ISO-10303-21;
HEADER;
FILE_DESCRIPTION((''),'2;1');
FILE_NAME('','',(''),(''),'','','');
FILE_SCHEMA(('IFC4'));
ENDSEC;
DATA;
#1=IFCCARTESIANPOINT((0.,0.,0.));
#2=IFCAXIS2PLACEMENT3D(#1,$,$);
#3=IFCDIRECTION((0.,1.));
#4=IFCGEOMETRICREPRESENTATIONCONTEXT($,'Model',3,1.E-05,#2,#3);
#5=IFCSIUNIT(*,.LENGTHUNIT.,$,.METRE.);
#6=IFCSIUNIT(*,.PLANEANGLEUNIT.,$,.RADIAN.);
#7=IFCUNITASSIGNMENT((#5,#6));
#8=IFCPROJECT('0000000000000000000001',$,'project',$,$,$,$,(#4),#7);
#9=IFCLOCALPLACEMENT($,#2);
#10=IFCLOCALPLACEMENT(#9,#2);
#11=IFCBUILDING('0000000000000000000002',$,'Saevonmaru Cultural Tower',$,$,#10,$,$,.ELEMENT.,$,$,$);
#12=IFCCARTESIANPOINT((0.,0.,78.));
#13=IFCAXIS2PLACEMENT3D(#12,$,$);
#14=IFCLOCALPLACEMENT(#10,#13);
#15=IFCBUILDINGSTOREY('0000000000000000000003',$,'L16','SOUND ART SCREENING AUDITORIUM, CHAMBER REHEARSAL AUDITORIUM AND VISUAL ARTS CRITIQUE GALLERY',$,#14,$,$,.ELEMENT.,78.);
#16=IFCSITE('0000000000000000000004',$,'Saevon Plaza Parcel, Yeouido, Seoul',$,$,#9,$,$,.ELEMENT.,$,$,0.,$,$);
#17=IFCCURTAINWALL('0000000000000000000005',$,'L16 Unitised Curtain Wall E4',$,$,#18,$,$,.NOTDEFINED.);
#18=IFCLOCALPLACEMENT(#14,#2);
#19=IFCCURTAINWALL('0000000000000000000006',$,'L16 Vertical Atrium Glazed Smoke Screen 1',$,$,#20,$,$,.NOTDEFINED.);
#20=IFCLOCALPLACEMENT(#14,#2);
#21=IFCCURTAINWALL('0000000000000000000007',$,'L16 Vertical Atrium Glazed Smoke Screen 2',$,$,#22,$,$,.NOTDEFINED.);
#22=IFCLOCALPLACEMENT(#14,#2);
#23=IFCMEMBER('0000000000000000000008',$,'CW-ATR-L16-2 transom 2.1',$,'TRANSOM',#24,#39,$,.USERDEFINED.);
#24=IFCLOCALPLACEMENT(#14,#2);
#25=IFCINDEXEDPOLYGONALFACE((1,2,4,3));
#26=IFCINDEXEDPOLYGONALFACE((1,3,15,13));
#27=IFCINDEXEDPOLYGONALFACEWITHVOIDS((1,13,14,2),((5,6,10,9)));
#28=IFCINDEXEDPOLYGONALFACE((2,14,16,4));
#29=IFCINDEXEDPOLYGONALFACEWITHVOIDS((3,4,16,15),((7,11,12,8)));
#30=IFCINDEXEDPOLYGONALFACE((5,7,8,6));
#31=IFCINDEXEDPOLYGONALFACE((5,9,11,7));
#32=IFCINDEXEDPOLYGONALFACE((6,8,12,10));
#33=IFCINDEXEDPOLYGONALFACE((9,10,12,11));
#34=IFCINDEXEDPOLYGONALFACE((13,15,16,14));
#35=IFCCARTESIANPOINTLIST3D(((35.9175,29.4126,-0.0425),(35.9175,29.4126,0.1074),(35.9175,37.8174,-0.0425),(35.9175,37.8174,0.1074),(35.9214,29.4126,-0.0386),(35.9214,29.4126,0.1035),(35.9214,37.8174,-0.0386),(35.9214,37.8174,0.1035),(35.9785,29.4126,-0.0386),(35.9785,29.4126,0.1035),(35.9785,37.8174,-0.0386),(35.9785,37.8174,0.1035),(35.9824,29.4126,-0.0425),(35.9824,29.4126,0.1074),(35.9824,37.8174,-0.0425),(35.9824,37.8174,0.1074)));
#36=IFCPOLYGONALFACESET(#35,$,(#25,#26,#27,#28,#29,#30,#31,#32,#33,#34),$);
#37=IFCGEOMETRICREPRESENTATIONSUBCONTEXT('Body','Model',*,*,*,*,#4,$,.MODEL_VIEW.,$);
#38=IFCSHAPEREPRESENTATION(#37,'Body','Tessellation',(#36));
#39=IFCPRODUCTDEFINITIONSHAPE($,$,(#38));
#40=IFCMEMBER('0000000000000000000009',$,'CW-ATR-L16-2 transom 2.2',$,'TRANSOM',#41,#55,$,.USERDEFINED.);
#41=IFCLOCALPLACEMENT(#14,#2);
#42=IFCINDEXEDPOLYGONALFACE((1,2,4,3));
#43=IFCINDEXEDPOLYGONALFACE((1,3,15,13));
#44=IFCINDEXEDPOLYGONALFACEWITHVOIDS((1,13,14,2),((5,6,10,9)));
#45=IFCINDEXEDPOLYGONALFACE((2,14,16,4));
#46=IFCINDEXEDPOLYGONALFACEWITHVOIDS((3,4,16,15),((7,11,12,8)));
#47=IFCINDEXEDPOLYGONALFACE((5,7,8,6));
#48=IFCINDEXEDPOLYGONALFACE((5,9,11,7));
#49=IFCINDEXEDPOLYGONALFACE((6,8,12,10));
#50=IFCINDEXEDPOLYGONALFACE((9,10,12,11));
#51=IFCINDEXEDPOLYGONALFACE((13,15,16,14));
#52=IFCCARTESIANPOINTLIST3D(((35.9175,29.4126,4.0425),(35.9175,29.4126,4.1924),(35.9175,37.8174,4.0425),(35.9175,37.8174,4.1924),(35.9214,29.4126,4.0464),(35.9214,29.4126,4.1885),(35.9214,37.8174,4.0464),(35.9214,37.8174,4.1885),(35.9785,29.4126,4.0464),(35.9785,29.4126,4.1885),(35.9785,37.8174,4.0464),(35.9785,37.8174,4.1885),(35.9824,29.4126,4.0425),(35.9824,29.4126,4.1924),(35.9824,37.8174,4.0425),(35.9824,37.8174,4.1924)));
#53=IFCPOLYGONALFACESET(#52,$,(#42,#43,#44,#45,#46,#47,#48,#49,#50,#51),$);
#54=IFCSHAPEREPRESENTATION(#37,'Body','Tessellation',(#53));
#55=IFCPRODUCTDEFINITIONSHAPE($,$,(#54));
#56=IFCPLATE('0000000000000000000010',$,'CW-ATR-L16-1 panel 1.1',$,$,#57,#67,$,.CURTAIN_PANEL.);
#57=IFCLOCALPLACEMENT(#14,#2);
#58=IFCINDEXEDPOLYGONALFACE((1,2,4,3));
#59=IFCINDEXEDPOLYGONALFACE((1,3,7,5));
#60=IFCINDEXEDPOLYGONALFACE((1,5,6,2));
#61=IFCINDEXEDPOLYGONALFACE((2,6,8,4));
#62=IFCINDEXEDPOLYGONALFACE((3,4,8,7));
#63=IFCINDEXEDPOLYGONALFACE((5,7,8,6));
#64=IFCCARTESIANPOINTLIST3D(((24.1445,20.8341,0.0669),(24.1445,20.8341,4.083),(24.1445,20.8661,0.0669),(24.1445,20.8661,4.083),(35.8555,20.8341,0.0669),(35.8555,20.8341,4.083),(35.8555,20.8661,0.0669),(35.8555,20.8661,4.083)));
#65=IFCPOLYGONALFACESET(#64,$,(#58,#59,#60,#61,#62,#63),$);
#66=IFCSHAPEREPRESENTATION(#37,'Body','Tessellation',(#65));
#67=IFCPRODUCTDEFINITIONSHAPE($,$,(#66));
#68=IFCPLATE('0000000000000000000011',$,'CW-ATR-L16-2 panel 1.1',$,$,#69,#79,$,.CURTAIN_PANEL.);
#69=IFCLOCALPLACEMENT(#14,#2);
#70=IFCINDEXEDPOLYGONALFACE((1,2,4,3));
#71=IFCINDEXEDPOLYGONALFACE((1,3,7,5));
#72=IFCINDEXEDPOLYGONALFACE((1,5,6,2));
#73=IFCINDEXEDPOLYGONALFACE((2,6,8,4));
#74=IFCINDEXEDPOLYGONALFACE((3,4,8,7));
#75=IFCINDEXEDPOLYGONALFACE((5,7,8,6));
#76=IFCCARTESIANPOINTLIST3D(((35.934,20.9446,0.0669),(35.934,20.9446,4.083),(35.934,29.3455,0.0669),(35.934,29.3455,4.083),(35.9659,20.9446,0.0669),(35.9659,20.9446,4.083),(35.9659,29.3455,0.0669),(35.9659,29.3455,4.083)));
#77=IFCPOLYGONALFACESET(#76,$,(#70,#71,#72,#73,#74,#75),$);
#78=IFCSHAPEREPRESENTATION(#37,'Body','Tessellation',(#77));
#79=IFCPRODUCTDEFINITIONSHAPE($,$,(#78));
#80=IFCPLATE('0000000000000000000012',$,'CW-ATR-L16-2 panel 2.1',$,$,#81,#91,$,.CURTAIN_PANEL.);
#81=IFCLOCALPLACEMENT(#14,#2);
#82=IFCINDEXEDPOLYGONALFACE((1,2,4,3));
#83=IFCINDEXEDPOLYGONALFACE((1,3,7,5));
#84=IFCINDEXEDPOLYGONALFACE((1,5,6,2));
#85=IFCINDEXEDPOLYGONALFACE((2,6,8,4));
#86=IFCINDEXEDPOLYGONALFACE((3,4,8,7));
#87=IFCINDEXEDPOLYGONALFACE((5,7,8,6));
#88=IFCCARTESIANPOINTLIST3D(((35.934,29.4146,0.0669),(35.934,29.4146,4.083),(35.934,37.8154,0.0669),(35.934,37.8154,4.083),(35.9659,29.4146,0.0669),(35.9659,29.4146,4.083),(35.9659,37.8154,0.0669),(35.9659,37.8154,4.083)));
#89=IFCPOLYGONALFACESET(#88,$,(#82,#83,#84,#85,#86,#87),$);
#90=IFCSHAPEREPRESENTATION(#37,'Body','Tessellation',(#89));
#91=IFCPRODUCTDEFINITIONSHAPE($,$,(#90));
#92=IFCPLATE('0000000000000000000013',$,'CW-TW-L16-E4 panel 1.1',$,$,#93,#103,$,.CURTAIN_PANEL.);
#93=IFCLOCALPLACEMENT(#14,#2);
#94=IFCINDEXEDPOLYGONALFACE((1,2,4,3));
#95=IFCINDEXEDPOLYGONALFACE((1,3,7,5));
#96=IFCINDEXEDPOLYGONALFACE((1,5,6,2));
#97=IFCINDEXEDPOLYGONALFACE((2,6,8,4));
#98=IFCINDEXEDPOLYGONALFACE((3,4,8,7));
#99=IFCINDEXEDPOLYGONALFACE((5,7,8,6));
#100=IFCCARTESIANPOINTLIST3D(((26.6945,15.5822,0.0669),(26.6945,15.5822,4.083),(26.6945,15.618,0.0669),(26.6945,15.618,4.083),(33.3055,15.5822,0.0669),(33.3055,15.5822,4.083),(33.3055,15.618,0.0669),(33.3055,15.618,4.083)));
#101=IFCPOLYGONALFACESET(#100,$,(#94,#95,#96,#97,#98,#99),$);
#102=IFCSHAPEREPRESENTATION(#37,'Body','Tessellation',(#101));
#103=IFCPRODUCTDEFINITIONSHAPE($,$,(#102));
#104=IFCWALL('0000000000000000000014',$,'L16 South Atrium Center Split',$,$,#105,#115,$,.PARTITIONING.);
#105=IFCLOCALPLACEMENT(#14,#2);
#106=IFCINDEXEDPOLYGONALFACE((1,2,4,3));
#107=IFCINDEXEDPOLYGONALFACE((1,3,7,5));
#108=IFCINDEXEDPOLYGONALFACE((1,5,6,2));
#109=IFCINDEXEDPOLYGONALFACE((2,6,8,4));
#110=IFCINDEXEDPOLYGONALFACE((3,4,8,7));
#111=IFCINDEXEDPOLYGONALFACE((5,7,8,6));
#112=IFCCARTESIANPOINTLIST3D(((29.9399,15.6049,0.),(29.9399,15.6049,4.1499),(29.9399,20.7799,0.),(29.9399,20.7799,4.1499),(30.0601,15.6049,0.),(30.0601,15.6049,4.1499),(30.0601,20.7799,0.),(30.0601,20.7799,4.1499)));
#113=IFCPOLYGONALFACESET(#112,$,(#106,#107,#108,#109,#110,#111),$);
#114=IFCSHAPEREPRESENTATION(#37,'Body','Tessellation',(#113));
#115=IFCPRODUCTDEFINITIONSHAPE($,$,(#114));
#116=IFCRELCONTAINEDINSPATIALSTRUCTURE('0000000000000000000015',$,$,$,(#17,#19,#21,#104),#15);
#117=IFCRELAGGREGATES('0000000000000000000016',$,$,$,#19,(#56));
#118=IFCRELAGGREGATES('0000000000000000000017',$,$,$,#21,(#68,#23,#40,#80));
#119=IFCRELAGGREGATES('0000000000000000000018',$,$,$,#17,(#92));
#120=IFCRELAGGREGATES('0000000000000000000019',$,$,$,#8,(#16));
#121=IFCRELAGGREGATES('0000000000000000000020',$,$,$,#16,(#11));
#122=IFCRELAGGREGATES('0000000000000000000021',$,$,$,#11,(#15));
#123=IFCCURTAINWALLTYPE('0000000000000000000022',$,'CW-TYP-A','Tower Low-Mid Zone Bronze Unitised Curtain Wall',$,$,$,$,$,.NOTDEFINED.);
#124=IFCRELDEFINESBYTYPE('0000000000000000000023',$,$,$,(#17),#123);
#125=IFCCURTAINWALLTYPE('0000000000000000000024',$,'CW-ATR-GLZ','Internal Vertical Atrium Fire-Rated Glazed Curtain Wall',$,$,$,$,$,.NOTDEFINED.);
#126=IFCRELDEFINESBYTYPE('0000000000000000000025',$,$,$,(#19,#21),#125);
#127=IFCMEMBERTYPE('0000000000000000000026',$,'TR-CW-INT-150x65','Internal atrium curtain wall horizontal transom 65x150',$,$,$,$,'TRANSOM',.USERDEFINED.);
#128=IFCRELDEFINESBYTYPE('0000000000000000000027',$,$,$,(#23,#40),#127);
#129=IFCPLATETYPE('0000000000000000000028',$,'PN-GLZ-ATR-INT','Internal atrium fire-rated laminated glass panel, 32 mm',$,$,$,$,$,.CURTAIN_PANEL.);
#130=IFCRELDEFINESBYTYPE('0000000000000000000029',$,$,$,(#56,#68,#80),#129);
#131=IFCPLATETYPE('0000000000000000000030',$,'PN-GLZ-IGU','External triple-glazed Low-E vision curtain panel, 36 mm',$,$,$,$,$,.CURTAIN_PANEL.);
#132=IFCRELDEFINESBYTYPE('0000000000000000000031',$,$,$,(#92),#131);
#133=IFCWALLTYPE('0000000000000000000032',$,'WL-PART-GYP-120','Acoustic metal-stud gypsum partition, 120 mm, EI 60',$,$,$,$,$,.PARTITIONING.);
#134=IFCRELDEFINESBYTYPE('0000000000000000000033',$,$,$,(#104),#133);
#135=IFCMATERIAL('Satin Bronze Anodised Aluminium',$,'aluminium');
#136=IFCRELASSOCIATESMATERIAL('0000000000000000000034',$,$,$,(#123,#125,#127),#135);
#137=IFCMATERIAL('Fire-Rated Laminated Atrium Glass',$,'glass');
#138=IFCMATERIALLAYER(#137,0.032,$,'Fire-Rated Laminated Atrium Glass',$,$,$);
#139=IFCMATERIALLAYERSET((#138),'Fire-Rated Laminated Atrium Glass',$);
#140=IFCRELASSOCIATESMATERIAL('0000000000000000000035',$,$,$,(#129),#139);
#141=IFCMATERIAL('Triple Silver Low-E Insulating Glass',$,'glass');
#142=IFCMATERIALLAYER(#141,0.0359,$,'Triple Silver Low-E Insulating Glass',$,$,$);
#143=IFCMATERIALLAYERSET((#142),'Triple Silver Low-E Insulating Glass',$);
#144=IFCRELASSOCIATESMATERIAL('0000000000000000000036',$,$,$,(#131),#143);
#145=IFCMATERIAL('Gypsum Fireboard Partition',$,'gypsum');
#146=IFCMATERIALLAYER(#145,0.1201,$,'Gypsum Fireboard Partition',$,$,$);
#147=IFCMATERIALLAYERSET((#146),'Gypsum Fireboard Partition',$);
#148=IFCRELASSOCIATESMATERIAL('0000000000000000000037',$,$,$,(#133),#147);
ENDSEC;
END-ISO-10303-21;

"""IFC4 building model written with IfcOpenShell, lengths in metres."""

from ifc_helpers import new_model, si_unit, direction, frame, frame_2d, origin, origin_2d, place, context, subcontext, project, spatial, rectangle, hollow_rectangle, extrude, material, layer, layer_set, material_profile, profile_set, type_object, element, aggregate, save


model = new_model("IFC4")

# Units and contexts
model_context = context("Model", 3, precision=1e-05, world=origin(), true_north=direction((0.0, 1.0)))
body_context = subcontext(model_context, "Body", "Model", "MODEL_VIEW")
ifc_project = project(units=[si_unit("LENGTHUNIT", "METRE"), si_unit("PLANEANGLEUNIT", "RADIAN")], contexts=[model_context])

# Site, building, storey
site_placement = place(None, origin())
site = spatial("IfcSite", under=ifc_project, at=site_placement, Name="Saevon Plaza Parcel, Yeouido, Seoul", CompositionType="ELEMENT", RefElevation=0.0)
building_placement = place(site_placement, origin())
building = spatial("IfcBuilding", under=site, at=building_placement, Name="Saevonmaru Cultural Tower", CompositionType="ELEMENT")
storey_placement = place(building_placement, frame((0.0, 0.0, 78.0)))
storey = spatial("IfcBuildingStorey", under=building, at=storey_placement, Name="L16", Description="SOUND ART SCREENING AUDITORIUM, CHAMBER REHEARSAL AUDITORIUM AND VISUAL ARTS CRITIQUE GALLERY", CompositionType="ELEMENT", Elevation=78.0)

# Curtain walls
ifc_material_1 = material(Name="Satin Bronze Anodised Aluminium", Category="aluminium")
curtain_wall_type_1 = type_object("IfcCurtainWallType", Name="CW-TYP-A", Description="Tower Low-Mid Zone Bronze Unitised Curtain Wall", PredefinedType="NOTDEFINED", material=ifc_material_1)
curtain_wall_1_placement = place(storey_placement, origin())
curtain_wall_1 = element("IfcCurtainWall", 1, at=curtain_wall_1_placement, inside=storey, type_object=curtain_wall_type_1, Name="L16 Unitised Curtain Wall E4", PredefinedType="NOTDEFINED")
curtain_wall_type_2 = type_object("IfcCurtainWallType", Name="CW-ATR-GLZ", Description="Internal Vertical Atrium Fire-Rated Glazed Curtain Wall", PredefinedType="NOTDEFINED", material=ifc_material_1)
curtain_wall_2_placement = place(storey_placement, origin())
curtain_wall_2 = element("IfcCurtainWall", 2, at=curtain_wall_2_placement, inside=storey, type_object=curtain_wall_type_2, Name="L16 Vertical Atrium Glazed Smoke Screen 1", PredefinedType="NOTDEFINED")

# Curtain wall
curtain_wall_3_placement = place(storey_placement, origin())
curtain_wall_3 = element("IfcCurtainWall", 3, at=curtain_wall_3_placement, inside=storey, type_object=curtain_wall_type_2, Name="L16 Vertical Atrium Glazed Smoke Screen 2", PredefinedType="NOTDEFINED")

# Members
ifc_material_profile_1 = material_profile(ifc_material_1, hollow_rectangle(XDim=0.0649, YDim=0.1499, WallThickness=0.0039, at=origin_2d()), Name="ALU-TRAN-150x65x4")
ifc_profile_set_1 = profile_set([ifc_material_profile_1], Name="Satin Bronze Anodised Aluminium")
member_type_1 = type_object("IfcMemberType", Name="TR-CW-INT-150x65", Description="Internal atrium curtain wall horizontal transom 65x150", ElementType="TRANSOM", PredefinedType="USERDEFINED", material=ifc_profile_set_1)
member_1_placement = place(storey_placement, frame((35.95, 29.4126, 0.0325), z_axis=(0.0, 1.0, 0.0), x_axis=(-1.0, 0.0, 0.0)))
member_1 = element("IfcMember", 4, at=member_1_placement, type_object=member_type_1, Name="CW-ATR-L16-2 transom 2.1", ObjectType="TRANSOM", PredefinedType="USERDEFINED", context=body_context, shape_type="SweptSolid", body=[
    extrude(hollow_rectangle(XDim=0.0649, YDim=0.1499, WallThickness=0.0039, at=origin_2d()), origin(), (0.0, 0.0, 1.0), 8.4048),
])
member_2_placement = place(storey_placement, frame((35.95, 29.4126, 4.1174), z_axis=(0.0, 1.0, 0.0), x_axis=(-1.0, 0.0, 0.0)))
member_2 = element("IfcMember", 5, at=member_2_placement, type_object=member_type_1, Name="CW-ATR-L16-2 transom 2.2", ObjectType="TRANSOM", PredefinedType="USERDEFINED", context=body_context, shape_type="SweptSolid", body=[
    extrude(hollow_rectangle(XDim=0.0649, YDim=0.1499, WallThickness=0.0039, at=origin_2d()), origin(), (0.0, 0.0, 1.0), 8.4048),
])

# Plates
ifc_material_2 = material(Name="Fire-Rated Laminated Atrium Glass", Category="glass")
ifc_layer_1 = layer(ifc_material_2, 0.032, Name="Fire-Rated Laminated Atrium Glass")
ifc_layer_set_1 = layer_set([ifc_layer_1], Name="Fire-Rated Laminated Atrium Glass")
plate_type_1 = type_object("IfcPlateType", Name="PN-GLZ-ATR-INT", Description="Internal atrium fire-rated laminated glass panel, 32 mm", PredefinedType="CURTAIN_PANEL", material=ifc_layer_set_1)
plate_1_placement = place(storey_placement, frame((30.0, 20.8501, 0.0669), z_axis=(0.0, 0.0, 1.0), x_axis=(1.0, 0.0, 0.0)))
plate_1 = element("IfcPlate", 6, at=plate_1_placement, type_object=plate_type_1, Name="CW-ATR-L16-1 panel 1.1", PredefinedType="CURTAIN_PANEL", context=body_context, shape_type="SweptSolid", body=[
    extrude(rectangle(XDim=11.7109, YDim=0.032, at=origin_2d()), origin(), (0.0, 0.0, 1.0), 4.0161),
])
aggregate(curtain_wall_2, [plate_1])
plate_2_placement = place(storey_placement, frame((35.95, 25.145, 0.0669), z_axis=(0.0, 0.0, 1.0), x_axis=(0.0, 1.0, 0.0)))
plate_2 = element("IfcPlate", 7, at=plate_2_placement, type_object=plate_type_1, Name="CW-ATR-L16-2 panel 1.1", PredefinedType="CURTAIN_PANEL", context=body_context, shape_type="SweptSolid", body=[
    extrude(rectangle(XDim=8.4009, YDim=0.032, at=origin_2d()), origin(), (0.0, 0.0, 1.0), 4.0161),
])
plate_3_placement = place(storey_placement, frame((35.95, 33.615, 0.0669), z_axis=(0.0, 0.0, 1.0), x_axis=(0.0, 1.0, 0.0)))
plate_3 = element("IfcPlate", 8, at=plate_3_placement, type_object=plate_type_1, Name="CW-ATR-L16-2 panel 2.1", PredefinedType="CURTAIN_PANEL", context=body_context, shape_type="SweptSolid", body=[
    extrude(rectangle(XDim=8.4009, YDim=0.032, at=origin_2d()), origin(), (0.0, 0.0, 1.0), 4.0161),
])
aggregate(curtain_wall_3, [plate_2, member_1, member_2, plate_3])
ifc_material_3 = material(Name="Triple Silver Low-E Insulating Glass", Category="glass")
ifc_layer_2 = layer(ifc_material_3, 0.0359, Name="Triple Silver Low-E Insulating Glass")
ifc_layer_set_2 = layer_set([ifc_layer_2], Name="Triple Silver Low-E Insulating Glass")
plate_type_2 = type_object("IfcPlateType", Name="PN-GLZ-IGU", Description="External triple-glazed Low-E vision curtain panel, 36 mm", PredefinedType="CURTAIN_PANEL", material=ifc_layer_set_2)
plate_4_placement = place(storey_placement, frame((30.0, 15.6001, 0.0669), z_axis=(0.0, 0.0, 1.0), x_axis=(1.0, 0.0, 0.0)))
plate_4 = element("IfcPlate", 9, at=plate_4_placement, type_object=plate_type_2, Name="CW-TW-L16-E4 panel 1.1", PredefinedType="CURTAIN_PANEL", context=body_context, shape_type="SweptSolid", body=[
    extrude(rectangle(XDim=6.6111, YDim=0.0359, at=origin_2d()), origin(), (0.0, 0.0, 1.0), 4.0161),
])
aggregate(curtain_wall_1, [plate_4])

# Wall
ifc_material_4 = material(Name="Gypsum Fireboard Partition", Category="gypsum")
ifc_layer_3 = layer(ifc_material_4, 0.1201, Name="Gypsum Fireboard Partition")
ifc_layer_set_3 = layer_set([ifc_layer_3], Name="Gypsum Fireboard Partition")
wall_type = type_object("IfcWallType", Name="WL-PART-GYP-120", Description="Acoustic metal-stud gypsum partition, 120 mm, EI 60", PredefinedType="PARTITIONING", material=ifc_layer_set_3)
wall_placement = place(storey_placement, frame((30.0, 15.605, 0.0), z_axis=(0.0, 0.0, 1.0), x_axis=(0.0, 1.0, 0.0)))
element("IfcWall", 10, at=wall_placement, inside=storey, type_object=wall_type, Name="L16 South Atrium Center Split", PredefinedType="PARTITIONING", context=body_context, shape_type="SweptSolid", body=[
    extrude(rectangle(XDim=5.175, YDim=0.1201, at=frame_2d((2.5874, 0.0))), origin(), (0.0, 0.0, 1.0), 4.1499),
])

save(model, "model.ifc")
